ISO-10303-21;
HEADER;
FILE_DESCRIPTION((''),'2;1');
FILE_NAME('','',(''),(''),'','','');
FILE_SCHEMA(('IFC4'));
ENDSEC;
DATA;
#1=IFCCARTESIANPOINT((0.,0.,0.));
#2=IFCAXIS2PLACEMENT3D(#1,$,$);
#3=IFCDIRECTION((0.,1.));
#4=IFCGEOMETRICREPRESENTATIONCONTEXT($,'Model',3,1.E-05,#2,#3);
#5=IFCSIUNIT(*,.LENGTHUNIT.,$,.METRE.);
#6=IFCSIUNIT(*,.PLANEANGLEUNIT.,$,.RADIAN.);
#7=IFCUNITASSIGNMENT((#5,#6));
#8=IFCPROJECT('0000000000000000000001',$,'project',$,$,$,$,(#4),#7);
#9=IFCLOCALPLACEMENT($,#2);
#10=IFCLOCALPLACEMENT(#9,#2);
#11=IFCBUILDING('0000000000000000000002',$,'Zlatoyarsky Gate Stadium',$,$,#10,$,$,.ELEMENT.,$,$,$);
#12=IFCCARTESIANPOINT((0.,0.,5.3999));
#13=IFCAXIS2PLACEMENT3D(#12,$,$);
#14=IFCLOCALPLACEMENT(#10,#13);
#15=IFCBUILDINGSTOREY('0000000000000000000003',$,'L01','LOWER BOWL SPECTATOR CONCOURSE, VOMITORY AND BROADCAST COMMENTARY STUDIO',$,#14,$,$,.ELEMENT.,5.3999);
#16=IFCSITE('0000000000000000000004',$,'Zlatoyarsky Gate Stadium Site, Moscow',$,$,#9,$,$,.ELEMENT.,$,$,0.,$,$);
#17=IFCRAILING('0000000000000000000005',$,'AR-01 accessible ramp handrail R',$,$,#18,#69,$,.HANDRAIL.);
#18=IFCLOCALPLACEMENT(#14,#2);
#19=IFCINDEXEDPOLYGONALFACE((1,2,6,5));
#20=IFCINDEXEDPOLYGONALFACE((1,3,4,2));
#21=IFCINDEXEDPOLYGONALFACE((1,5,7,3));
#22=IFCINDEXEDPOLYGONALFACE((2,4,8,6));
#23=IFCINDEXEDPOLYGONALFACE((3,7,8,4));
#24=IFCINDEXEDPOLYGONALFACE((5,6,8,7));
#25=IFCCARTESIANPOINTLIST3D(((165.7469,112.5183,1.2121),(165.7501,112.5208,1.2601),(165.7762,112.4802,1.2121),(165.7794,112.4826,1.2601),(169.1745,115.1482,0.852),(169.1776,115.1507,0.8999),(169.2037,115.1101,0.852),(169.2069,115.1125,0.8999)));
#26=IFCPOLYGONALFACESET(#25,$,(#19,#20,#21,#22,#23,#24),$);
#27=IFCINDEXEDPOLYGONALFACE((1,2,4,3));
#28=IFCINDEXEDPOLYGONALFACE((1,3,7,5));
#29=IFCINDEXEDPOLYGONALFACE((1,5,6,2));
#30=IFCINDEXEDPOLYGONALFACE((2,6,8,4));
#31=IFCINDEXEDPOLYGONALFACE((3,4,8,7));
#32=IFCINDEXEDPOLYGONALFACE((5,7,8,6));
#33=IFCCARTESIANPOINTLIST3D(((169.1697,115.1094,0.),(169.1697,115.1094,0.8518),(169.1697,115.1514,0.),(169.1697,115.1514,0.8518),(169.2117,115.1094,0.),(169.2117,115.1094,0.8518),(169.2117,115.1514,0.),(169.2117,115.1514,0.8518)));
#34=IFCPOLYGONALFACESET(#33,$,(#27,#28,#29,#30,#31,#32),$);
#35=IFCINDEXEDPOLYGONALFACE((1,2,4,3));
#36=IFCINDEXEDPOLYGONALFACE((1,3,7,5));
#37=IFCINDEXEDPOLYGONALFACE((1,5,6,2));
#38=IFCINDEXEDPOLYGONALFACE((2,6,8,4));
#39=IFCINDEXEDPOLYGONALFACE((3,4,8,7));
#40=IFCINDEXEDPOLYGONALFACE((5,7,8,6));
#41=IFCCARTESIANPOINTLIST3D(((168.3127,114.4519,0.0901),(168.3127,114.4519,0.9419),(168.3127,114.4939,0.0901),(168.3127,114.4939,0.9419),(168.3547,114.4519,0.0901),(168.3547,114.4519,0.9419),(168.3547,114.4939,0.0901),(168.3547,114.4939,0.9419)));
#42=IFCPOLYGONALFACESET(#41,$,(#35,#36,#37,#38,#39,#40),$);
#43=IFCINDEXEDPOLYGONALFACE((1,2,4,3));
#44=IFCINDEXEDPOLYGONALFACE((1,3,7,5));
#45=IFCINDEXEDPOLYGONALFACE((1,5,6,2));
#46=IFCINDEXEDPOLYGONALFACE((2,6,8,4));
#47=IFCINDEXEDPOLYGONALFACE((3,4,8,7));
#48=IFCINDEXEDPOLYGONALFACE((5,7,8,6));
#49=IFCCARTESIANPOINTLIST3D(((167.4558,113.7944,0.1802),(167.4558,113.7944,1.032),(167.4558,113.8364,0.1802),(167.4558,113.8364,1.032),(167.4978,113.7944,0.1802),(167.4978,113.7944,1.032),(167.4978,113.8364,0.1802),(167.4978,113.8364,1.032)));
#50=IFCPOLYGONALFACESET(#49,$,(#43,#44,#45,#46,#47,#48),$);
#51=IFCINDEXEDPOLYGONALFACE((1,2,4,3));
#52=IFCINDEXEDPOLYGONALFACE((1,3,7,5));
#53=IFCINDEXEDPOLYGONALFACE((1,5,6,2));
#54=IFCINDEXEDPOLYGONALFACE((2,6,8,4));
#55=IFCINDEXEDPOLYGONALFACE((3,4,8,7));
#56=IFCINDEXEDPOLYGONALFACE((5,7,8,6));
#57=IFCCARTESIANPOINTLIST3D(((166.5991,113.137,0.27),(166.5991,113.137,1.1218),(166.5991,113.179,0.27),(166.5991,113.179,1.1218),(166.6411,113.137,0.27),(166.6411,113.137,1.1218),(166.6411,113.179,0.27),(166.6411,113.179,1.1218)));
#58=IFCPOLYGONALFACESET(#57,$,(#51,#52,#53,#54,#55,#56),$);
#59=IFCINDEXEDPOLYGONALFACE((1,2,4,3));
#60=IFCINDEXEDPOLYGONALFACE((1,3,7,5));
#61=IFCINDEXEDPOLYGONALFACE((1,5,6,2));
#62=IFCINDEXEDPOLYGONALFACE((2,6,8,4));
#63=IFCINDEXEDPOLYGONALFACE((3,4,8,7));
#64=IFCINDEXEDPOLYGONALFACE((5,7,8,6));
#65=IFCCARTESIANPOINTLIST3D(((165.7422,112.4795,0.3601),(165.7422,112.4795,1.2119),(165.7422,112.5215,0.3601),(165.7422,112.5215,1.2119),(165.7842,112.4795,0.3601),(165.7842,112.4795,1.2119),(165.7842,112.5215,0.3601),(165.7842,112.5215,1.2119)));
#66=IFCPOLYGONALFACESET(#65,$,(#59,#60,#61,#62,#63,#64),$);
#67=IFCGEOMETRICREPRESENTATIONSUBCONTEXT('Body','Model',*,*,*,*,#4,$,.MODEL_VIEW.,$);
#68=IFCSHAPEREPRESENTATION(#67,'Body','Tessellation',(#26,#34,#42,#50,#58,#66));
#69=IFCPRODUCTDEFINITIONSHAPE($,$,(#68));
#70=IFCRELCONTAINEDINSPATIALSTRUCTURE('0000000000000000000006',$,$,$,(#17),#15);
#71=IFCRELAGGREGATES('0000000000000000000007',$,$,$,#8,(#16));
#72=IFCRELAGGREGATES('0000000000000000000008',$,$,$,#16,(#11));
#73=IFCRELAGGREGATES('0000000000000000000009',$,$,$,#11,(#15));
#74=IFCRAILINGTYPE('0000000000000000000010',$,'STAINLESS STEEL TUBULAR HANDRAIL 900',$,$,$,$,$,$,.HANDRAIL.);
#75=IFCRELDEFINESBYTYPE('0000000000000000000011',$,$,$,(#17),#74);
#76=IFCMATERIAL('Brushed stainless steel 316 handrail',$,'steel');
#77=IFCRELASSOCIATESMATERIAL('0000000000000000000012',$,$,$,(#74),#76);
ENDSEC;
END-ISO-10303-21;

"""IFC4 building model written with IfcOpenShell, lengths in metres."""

from ifc_helpers import new_model, si_unit, direction, frame, origin, origin_2d, place, context, subcontext, project, spatial, rectangle, extrude, material, type_object, element, save


model = new_model("IFC4")

# Units and contexts
model_context = context("Model", 3, precision=1e-05, world=origin(), true_north=direction((0.0, 1.0)))
body_context = subcontext(model_context, "Body", "Model", "MODEL_VIEW")
ifc_project = project(units=[si_unit("LENGTHUNIT", "METRE"), si_unit("PLANEANGLEUNIT", "RADIAN")], contexts=[model_context])

# Site, building, storey
site_placement = place(None, origin())
site = spatial("IfcSite", under=ifc_project, at=site_placement, Name="Zlatoyarsky Gate Stadium Site, Moscow", CompositionType="ELEMENT", RefElevation=0.0)
building_placement = place(site_placement, origin())
building = spatial("IfcBuilding", under=site, at=building_placement, Name="Zlatoyarsky Gate Stadium", CompositionType="ELEMENT")
storey_placement = place(building_placement, frame((0.0, 0.0, 5.3999)))
storey = spatial("IfcBuildingStorey", under=building, at=storey_placement, Name="L01", Description="LOWER BOWL SPECTATOR CONCOURSE, VOMITORY AND BROADCAST COMMENTARY STUDIO", CompositionType="ELEMENT", Elevation=5.3999)

# Railing
ifc_material_1 = material(Name="Brushed stainless steel 316 handrail", Category="steel")
railing_type_1 = type_object("IfcRailingType", Name="STAINLESS STEEL TUBULAR HANDRAIL 900", PredefinedType="HANDRAIL", material=ifc_material_1)
railing_1_placement = place(storey_placement, frame((169.1907, 115.1304, 0.0)))
element("IfcRailing", 1, at=railing_1_placement, inside=storey, type_object=railing_type_1, Name="AR-01 accessible ramp handrail R", PredefinedType="HANDRAIL", context=body_context, shape_type="SweptSolid", body=[
    extrude(rectangle(XDim=0.0481, YDim=0.0481, at=origin_2d()), frame((0.0, 0.0, 0.876), z_axis=(-0.790625, -0.60664, 0.083067), x_axis=(0.608744, -0.793367, 0.0)), (0.0, 0.0, 1.0), 4.3352),
    extrude(rectangle(XDim=0.042, YDim=0.042, at=origin_2d()), origin(), (0.0, 0.0, 1.0), 0.8518),
    extrude(rectangle(XDim=0.042, YDim=0.042, at=origin_2d()), frame((-0.8569, -0.6575, 0.0901)), (0.0, 0.0, 1.0), 0.8518),
    extrude(rectangle(XDim=0.042, YDim=0.042, at=origin_2d()), frame((-1.7139, -1.3149, 0.1802)), (0.0, 0.0, 1.0), 0.8518),
    extrude(rectangle(XDim=0.042, YDim=0.042, at=origin_2d()), frame((-2.5706, -1.9724, 0.27)), (0.0, 0.0, 1.0), 0.8518),
    extrude(rectangle(XDim=0.042, YDim=0.042, at=origin_2d()), frame((-3.4275, -2.6299, 0.3601)), (0.0, 0.0, 1.0), 0.8518),
])

save(model, "model.ifc")
